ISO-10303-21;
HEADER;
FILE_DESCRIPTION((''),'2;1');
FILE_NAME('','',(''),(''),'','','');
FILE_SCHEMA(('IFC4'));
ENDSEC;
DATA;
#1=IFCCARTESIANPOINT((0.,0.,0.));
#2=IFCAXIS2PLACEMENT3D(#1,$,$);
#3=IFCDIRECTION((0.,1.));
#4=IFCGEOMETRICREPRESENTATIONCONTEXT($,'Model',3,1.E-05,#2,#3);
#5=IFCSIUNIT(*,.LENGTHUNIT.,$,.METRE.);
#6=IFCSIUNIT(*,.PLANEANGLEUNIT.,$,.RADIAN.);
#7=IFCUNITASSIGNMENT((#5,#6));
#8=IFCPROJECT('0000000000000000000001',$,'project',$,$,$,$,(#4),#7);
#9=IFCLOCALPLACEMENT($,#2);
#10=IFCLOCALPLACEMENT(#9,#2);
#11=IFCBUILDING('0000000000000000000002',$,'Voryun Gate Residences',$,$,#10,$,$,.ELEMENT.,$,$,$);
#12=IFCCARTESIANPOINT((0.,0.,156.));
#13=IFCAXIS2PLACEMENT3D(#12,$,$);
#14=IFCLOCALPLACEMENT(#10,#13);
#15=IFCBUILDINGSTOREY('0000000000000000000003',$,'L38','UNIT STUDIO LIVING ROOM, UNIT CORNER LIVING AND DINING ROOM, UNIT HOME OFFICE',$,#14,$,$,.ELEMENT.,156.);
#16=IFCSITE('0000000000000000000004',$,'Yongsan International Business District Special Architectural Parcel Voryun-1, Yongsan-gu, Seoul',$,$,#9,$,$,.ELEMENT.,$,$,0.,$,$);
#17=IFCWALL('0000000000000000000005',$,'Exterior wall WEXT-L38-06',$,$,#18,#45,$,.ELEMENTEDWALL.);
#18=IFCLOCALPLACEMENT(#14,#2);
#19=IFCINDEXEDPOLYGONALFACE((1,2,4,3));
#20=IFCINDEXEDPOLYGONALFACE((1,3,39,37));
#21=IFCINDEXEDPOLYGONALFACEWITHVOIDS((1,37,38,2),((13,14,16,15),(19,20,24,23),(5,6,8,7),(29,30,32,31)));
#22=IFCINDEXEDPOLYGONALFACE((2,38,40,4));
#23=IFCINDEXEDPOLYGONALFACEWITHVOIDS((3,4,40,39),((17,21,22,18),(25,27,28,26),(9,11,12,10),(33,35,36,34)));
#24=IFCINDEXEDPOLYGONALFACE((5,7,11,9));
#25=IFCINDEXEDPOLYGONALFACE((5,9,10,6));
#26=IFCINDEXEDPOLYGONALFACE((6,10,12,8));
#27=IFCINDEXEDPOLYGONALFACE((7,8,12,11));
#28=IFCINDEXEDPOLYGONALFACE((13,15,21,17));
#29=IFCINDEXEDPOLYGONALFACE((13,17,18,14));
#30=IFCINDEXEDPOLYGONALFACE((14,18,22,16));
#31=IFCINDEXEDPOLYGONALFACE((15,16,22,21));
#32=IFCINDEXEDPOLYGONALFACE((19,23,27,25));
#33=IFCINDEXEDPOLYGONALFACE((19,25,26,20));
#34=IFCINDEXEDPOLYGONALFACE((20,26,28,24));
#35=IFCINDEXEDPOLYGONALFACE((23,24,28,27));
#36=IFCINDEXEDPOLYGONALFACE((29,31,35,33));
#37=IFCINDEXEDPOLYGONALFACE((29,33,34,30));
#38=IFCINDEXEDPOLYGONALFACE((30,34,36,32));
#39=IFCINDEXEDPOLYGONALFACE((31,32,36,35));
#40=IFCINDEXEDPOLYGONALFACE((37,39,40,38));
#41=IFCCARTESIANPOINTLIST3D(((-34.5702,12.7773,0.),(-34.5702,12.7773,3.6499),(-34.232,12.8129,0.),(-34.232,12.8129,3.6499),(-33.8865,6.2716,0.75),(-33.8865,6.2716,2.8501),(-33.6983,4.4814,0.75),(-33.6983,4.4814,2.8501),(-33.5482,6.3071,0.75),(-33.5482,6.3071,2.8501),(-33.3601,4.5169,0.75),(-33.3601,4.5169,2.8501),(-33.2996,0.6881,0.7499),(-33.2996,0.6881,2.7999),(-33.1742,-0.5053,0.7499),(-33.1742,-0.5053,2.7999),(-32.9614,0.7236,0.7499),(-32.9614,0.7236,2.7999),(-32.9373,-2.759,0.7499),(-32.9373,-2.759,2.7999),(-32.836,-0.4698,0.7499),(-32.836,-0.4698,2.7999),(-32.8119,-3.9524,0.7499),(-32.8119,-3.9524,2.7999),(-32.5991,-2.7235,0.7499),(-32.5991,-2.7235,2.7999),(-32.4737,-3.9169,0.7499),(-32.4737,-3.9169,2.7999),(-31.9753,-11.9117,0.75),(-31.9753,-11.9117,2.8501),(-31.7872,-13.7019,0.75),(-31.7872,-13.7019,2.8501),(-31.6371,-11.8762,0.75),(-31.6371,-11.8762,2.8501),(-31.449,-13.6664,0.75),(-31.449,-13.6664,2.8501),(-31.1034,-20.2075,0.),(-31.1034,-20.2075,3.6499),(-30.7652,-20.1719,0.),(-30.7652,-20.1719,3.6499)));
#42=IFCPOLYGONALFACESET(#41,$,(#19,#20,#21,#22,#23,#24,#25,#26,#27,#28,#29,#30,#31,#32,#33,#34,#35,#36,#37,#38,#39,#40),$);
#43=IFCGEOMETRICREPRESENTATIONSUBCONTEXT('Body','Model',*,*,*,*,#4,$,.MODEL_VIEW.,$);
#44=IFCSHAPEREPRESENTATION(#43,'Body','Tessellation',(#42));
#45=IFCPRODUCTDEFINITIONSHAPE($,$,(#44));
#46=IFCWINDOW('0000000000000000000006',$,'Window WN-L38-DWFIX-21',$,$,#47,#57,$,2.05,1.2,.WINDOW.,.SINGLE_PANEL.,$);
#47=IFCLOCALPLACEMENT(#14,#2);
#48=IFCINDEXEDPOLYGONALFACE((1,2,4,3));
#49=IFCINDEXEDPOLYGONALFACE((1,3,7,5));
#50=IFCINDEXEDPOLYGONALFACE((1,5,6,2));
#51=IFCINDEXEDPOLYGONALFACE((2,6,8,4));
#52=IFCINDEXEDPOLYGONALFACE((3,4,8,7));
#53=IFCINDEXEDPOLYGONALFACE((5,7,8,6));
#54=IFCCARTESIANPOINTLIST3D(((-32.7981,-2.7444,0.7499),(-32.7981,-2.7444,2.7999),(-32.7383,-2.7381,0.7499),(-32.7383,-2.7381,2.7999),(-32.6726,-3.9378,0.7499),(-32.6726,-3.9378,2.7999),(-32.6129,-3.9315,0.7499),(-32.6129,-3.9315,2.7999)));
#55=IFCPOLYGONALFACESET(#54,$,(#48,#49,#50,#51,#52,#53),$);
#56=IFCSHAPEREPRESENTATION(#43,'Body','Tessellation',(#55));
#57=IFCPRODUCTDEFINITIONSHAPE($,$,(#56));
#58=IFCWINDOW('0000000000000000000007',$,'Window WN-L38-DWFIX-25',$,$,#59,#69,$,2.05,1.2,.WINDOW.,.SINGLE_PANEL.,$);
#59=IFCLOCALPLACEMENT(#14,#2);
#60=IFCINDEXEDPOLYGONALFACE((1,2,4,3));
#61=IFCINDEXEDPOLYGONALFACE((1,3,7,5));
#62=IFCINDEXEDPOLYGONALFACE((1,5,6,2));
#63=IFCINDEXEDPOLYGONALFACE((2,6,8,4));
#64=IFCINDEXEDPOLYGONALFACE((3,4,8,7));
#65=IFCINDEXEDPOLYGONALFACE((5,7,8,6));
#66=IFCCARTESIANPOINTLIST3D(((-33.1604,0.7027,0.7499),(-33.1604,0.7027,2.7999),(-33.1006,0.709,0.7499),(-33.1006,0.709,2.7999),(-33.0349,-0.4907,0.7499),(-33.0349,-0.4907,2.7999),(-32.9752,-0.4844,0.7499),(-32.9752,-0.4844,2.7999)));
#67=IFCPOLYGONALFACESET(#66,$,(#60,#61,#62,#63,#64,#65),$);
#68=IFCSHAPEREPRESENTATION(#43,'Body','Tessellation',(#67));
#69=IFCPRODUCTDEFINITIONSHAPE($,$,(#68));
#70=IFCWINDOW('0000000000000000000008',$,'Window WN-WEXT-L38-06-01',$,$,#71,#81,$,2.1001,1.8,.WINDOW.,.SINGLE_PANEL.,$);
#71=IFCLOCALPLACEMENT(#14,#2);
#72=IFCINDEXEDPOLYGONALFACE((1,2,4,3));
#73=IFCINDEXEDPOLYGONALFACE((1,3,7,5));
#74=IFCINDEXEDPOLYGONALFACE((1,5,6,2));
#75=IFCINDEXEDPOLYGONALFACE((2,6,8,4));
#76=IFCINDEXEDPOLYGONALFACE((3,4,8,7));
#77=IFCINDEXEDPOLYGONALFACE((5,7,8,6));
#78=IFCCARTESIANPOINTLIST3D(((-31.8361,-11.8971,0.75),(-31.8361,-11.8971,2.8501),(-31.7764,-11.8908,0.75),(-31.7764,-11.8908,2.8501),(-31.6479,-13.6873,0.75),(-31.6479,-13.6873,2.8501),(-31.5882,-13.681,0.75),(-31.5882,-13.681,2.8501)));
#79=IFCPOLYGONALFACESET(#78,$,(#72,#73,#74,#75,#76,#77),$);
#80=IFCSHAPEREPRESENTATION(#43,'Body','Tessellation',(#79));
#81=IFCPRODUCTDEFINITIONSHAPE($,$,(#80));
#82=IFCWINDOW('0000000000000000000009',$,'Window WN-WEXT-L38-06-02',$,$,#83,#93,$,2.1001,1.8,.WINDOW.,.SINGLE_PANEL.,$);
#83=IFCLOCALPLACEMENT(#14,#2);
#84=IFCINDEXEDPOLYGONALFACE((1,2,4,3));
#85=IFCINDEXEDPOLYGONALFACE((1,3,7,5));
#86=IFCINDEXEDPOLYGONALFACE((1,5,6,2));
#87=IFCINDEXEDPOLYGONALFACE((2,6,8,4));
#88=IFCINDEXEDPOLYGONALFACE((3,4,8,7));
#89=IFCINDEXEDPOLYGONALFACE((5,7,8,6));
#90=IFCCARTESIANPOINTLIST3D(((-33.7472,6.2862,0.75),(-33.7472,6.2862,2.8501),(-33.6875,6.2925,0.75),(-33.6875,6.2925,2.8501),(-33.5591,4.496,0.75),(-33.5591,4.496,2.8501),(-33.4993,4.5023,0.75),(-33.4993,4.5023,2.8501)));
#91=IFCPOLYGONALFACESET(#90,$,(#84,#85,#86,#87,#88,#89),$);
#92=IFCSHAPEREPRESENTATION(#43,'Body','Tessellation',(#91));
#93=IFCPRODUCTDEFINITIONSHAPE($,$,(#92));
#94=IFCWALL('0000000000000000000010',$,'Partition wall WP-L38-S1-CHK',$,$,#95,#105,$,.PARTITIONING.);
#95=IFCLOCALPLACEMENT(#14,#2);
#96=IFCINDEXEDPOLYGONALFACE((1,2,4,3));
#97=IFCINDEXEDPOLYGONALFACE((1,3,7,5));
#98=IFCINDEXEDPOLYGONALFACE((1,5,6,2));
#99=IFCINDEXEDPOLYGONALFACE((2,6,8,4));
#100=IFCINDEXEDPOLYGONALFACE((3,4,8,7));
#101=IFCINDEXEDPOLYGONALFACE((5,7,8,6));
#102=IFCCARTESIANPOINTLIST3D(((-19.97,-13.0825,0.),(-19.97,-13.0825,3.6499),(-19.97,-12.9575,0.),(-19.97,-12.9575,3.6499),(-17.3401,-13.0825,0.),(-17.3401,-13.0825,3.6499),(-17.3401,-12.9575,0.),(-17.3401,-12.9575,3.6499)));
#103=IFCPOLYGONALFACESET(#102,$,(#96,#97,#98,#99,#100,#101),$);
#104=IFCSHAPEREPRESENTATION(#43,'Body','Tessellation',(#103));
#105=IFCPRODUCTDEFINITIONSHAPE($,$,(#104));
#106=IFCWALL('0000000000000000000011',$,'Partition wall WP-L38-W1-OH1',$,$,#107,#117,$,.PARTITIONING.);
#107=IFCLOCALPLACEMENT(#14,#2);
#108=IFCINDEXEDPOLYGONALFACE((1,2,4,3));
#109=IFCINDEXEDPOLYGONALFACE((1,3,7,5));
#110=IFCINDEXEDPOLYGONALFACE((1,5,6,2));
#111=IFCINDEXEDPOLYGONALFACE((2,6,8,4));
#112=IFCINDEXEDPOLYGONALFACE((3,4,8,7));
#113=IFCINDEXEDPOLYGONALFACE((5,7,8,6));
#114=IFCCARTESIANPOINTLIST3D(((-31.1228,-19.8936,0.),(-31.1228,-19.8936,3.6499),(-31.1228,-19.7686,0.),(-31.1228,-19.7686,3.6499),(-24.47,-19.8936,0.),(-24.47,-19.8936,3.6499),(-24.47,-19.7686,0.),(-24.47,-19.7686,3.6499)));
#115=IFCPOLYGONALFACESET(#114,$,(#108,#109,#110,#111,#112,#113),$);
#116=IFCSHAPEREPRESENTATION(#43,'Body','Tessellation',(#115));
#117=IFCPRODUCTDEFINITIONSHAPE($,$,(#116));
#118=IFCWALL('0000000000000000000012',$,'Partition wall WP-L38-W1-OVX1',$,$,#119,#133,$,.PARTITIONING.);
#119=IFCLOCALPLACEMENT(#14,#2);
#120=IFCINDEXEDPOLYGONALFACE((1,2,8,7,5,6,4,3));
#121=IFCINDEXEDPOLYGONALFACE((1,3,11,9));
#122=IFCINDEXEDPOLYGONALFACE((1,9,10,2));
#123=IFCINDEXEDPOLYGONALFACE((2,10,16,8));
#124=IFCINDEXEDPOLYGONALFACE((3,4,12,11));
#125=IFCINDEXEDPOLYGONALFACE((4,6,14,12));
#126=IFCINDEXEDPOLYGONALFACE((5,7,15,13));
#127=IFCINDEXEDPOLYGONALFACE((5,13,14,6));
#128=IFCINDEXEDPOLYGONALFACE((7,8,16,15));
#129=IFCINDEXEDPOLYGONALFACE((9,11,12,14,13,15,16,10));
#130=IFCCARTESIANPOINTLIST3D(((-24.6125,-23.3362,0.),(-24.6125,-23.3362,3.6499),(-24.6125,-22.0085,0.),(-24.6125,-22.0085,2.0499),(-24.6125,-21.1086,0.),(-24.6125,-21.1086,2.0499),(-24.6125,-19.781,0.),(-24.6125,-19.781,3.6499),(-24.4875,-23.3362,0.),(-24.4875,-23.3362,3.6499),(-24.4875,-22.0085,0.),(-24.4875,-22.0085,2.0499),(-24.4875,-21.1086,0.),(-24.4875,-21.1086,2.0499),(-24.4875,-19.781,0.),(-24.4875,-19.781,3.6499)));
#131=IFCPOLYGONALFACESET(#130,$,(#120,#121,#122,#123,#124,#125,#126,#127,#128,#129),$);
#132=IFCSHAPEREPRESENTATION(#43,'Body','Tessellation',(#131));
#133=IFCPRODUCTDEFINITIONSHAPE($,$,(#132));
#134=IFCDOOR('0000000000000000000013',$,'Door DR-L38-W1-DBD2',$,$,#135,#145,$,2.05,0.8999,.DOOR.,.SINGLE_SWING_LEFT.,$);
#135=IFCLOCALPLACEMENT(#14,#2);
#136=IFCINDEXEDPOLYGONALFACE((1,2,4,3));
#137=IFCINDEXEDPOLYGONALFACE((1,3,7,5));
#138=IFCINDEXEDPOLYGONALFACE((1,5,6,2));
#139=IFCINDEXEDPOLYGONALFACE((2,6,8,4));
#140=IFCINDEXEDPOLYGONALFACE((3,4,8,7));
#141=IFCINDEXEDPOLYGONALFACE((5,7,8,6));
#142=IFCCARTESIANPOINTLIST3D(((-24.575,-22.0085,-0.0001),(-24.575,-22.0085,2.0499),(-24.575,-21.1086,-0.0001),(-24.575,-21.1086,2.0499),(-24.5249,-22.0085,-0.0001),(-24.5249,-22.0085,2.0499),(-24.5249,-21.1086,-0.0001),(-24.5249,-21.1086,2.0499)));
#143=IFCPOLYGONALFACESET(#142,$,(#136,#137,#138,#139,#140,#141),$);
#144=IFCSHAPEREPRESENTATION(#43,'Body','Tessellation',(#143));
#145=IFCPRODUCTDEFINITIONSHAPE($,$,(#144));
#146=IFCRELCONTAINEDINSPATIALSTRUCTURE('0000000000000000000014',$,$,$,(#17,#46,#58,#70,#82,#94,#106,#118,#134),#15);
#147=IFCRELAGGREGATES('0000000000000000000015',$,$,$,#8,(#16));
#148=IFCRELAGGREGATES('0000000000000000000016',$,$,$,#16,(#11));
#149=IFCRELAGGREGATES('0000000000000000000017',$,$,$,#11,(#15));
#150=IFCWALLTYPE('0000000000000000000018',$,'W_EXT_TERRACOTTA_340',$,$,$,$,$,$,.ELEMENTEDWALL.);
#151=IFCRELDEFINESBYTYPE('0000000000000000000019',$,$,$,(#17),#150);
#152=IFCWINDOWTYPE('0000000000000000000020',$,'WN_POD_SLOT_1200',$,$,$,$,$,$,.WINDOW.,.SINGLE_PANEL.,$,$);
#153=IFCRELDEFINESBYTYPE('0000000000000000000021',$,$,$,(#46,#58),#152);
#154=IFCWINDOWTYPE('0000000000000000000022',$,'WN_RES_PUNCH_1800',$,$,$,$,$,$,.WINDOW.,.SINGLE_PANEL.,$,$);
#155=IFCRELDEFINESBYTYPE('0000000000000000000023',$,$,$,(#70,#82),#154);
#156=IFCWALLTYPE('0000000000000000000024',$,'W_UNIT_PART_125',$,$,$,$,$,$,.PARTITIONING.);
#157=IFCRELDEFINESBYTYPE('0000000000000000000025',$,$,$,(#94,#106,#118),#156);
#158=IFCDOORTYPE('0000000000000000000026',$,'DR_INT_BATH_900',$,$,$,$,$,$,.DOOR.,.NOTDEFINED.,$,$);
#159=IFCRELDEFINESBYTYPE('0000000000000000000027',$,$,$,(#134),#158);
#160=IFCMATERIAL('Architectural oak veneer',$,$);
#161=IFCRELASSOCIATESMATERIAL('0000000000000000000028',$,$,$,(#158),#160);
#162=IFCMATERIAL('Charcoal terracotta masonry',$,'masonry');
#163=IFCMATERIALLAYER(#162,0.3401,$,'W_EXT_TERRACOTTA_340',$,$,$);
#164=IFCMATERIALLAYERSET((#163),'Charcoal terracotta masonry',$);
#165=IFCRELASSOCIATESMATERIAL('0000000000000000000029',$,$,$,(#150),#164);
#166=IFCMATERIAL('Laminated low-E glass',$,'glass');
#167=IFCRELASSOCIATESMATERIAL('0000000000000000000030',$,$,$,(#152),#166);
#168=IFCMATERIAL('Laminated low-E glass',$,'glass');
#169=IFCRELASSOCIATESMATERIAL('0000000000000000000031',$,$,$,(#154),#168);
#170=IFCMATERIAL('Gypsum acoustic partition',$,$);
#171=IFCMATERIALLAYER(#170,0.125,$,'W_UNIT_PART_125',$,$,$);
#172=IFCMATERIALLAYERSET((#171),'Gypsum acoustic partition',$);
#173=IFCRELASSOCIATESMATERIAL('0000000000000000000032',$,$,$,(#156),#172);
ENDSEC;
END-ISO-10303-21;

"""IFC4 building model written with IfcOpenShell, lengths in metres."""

from ifc_helpers import new_model, si_unit, direction, frame, frame_2d, origin, place, context, subcontext, project, spatial, rectangle, extrude, material, layer, layer_set, type_object, element, fill, save


model = new_model("IFC4")

# Units and contexts
model_context = context("Model", 3, precision=1e-05, world=origin(), true_north=direction((0.0, 1.0)))
body_context = subcontext(model_context, "Body", "Model", "MODEL_VIEW")
ifc_project = project(units=[si_unit("LENGTHUNIT", "METRE"), si_unit("PLANEANGLEUNIT", "RADIAN")], contexts=[model_context])

# Site, building, storey
site_placement = place(None, origin())
site = spatial("IfcSite", under=ifc_project, at=site_placement, Name="Yongsan International Business District Special Architectural Parcel Voryun-1, Yongsan-gu, Seoul", CompositionType="ELEMENT", RefElevation=0.0)
building_placement = place(site_placement, origin())
building = spatial("IfcBuilding", under=site, at=building_placement, Name="Voryun Gate Residences", CompositionType="ELEMENT")
storey_placement = place(building_placement, frame((0.0, 0.0, 156.0)))
storey = spatial("IfcBuildingStorey", under=building, at=storey_placement, Name="L38", Description="UNIT STUDIO LIVING ROOM, UNIT CORNER LIVING AND DINING ROOM, UNIT HOME OFFICE", CompositionType="ELEMENT", Elevation=156.0)

# Shared definitions
ifc_material_1 = material(Name="Architectural oak veneer")
door_type_1 = type_object("IfcDoorType", Name="DR_INT_BATH_900", OperationType="NOTDEFINED", PredefinedType="DOOR", material=ifc_material_1)

# Shared definitions
ifc_material_2 = material(Name="Charcoal terracotta masonry", Category="masonry")
ifc_layer_1 = layer(ifc_material_2, 0.3401, Name="W_EXT_TERRACOTTA_340")
ifc_layer_set_1 = layer_set([ifc_layer_1], Name="Charcoal terracotta masonry")
wall_type_1 = type_object("IfcWallType", Name="W_EXT_TERRACOTTA_340", PredefinedType="ELEMENTEDWALL", material=ifc_layer_set_1)

# Wall, openings, windows
wall_1_placement = place(storey_placement, frame((-30.9343, -20.1897, 0.0), z_axis=(0.0, 0.0, 1.0), x_axis=(-0.104527, 0.994522, 0.0)))
wall_1 = element("IfcWall", 1, at=wall_1_placement, inside=storey, type_object=wall_type_1, Name="Exterior wall WEXT-L38-06", PredefinedType="ELEMENTEDWALL", context=body_context, shape_type="SweptSolid", body=[
    extrude(rectangle(XDim=33.1665, YDim=0.3401, at=frame_2d((16.5833, 0.0))), origin(), (0.0, 0.0, 1.0), 3.6499),
])
opening_1_placement = place(wall_1_placement, frame((6.5415, 0.0, 0.75)))
opening_1 = element("IfcOpeningElement", 2, at=opening_1_placement, cuts=wall_1, PredefinedType="OPENING", context=body_context, shape_type="SweptSolid", body=[
    extrude(rectangle(XDim=1.8, YDim=2.1001, at=frame_2d((0.8999, 1.05))), frame((0.0, 0.1799, 0.0), z_axis=(0.0, -1.0, 0.0), x_axis=(1.0, 0.0, 0.0)), (0.0, 0.0, 1.0), 0.3601),
])
opening_2_placement = place(wall_1_placement, frame((24.825, 0.0, 0.75)))
opening_2 = element("IfcOpeningElement", 3, at=opening_2_placement, cuts=wall_1, PredefinedType="OPENING", context=body_context, shape_type="SweptSolid", body=[
    extrude(rectangle(XDim=1.8, YDim=2.1001, at=frame_2d((0.8999, 1.05))), frame((0.0, 0.1799, 0.0), z_axis=(0.0, -1.0, 0.0), x_axis=(1.0, 0.0, 0.0)), (0.0, 0.0, 1.0), 0.3601),
])
opening_3_placement = place(wall_1_placement, frame((16.3445, 0.0, 0.75)))
opening_3 = element("IfcOpeningElement", 4, at=opening_3_placement, cuts=wall_1, PredefinedType="OPENING", context=body_context, shape_type="SweptSolid", body=[
    extrude(rectangle(XDim=1.2, YDim=2.05, at=frame_2d((0.6001, 1.0249))), frame((0.0, 0.1799, 0.0), z_axis=(0.0, -1.0, 0.0), x_axis=(1.0, 0.0, 0.0)), (0.0, 0.0, 1.0), 0.3601),
])
opening_4_placement = place(wall_1_placement, frame((19.8105, 0.0, 0.75)))
opening_4 = element("IfcOpeningElement", 5, at=opening_4_placement, cuts=wall_1, PredefinedType="OPENING", context=body_context, shape_type="SweptSolid", body=[
    extrude(rectangle(XDim=1.2, YDim=2.05, at=frame_2d((0.6001, 1.0249))), frame((0.0, 0.1799, 0.0), z_axis=(0.0, -1.0, 0.0), x_axis=(1.0, 0.0, 0.0)), (0.0, 0.0, 1.0), 0.3601),
])
ifc_material_3 = material(Name="Laminated low-E glass", Category="glass")
window_type_1 = type_object("IfcWindowType", Name="WN_POD_SLOT_1200", PartitioningType="SINGLE_PANEL", PredefinedType="WINDOW", material=ifc_material_3)
window_1_placement = place(opening_3_placement, origin())
window_1 = element("IfcWindow", 6, at=window_1_placement, inside=storey, type_object=window_type_1, Name="Window WN-L38-DWFIX-21", OverallHeight=2.05, OverallWidth=1.2, PartitioningType="SINGLE_PANEL", PredefinedType="WINDOW", context=body_context, shape_type="SweptSolid", body=[
    extrude(rectangle(XDim=1.2, YDim=2.05, at=frame_2d((0.6001, 1.0249))), frame((0.0, 0.03, 0.0), z_axis=(0.0, -1.0, 0.0), x_axis=(1.0, 0.0, 0.0)), (0.0, 0.0, 1.0), 0.0601),
])
fill(opening_3, window_1)
window_2_placement = place(opening_4_placement, origin())
window_2 = element("IfcWindow", 7, at=window_2_placement, inside=storey, type_object=window_type_1, Name="Window WN-L38-DWFIX-25", OverallHeight=2.05, OverallWidth=1.2, PartitioningType="SINGLE_PANEL", PredefinedType="WINDOW", context=body_context, shape_type="SweptSolid", body=[
    extrude(rectangle(XDim=1.2, YDim=2.05, at=frame_2d((0.6001, 1.0249))), frame((0.0, 0.03, 0.0), z_axis=(0.0, -1.0, 0.0), x_axis=(1.0, 0.0, 0.0)), (0.0, 0.0, 1.0), 0.0601),
])
fill(opening_4, window_2)
ifc_material_4 = material(Name="Laminated low-E glass", Category="glass")
window_type_2 = type_object("IfcWindowType", Name="WN_RES_PUNCH_1800", PartitioningType="SINGLE_PANEL", PredefinedType="WINDOW", material=ifc_material_4)
window_3_placement = place(opening_1_placement, origin())
window_3 = element("IfcWindow", 8, at=window_3_placement, inside=storey, type_object=window_type_2, Name="Window WN-WEXT-L38-06-01", OverallHeight=2.1001, OverallWidth=1.8, PartitioningType="SINGLE_PANEL", PredefinedType="WINDOW", context=body_context, shape_type="SweptSolid", body=[
    extrude(rectangle(XDim=1.8, YDim=2.1001, at=frame_2d((0.8999, 1.05))), frame((0.0, 0.03, 0.0), z_axis=(0.0, -1.0, 0.0), x_axis=(1.0, 0.0, 0.0)), (0.0, 0.0, 1.0), 0.0601),
])
fill(opening_1, window_3)
window_4_placement = place(opening_2_placement, origin())
window_4 = element("IfcWindow", 9, at=window_4_placement, inside=storey, type_object=window_type_2, Name="Window WN-WEXT-L38-06-02", OverallHeight=2.1001, OverallWidth=1.8, PartitioningType="SINGLE_PANEL", PredefinedType="WINDOW", context=body_context, shape_type="SweptSolid", body=[
    extrude(rectangle(XDim=1.8, YDim=2.1001, at=frame_2d((0.8999, 1.05))), frame((0.0, 0.03, 0.0), z_axis=(0.0, -1.0, 0.0), x_axis=(1.0, 0.0, 0.0)), (0.0, 0.0, 1.0), 0.0601),
])
fill(opening_2, window_4)

# Walls
ifc_material_5 = material(Name="Gypsum acoustic partition")
ifc_layer_2 = layer(ifc_material_5, 0.125, Name="W_UNIT_PART_125")
ifc_layer_set_2 = layer_set([ifc_layer_2], Name="Gypsum acoustic partition")
wall_type_2 = type_object("IfcWallType", Name="W_UNIT_PART_125", PredefinedType="PARTITIONING", material=ifc_layer_set_2)
wall_2_placement = place(storey_placement, frame((-19.97, -13.02, 0.0), z_axis=(0.0, 0.0, 1.0), x_axis=(1.0, 0.0, 0.0)))
element("IfcWall", 10, at=wall_2_placement, inside=storey, type_object=wall_type_2, Name="Partition wall WP-L38-S1-CHK", PredefinedType="PARTITIONING", context=body_context, shape_type="SweptSolid", body=[
    extrude(rectangle(XDim=2.6299, YDim=0.125, at=frame_2d((1.3149, 0.0))), origin(), (0.0, 0.0, 1.0), 3.6499),
])
wall_3_placement = place(storey_placement, frame((-31.1228, -19.8311, 0.0), z_axis=(0.0, 0.0, 1.0), x_axis=(1.0, 0.0, 0.0)))
element("IfcWall", 11, at=wall_3_placement, inside=storey, type_object=wall_type_2, Name="Partition wall WP-L38-W1-OH1", PredefinedType="PARTITIONING", context=body_context, shape_type="SweptSolid", body=[
    extrude(rectangle(XDim=6.6528, YDim=0.125, at=frame_2d((3.3264, 0.0))), origin(), (0.0, 0.0, 1.0), 3.6499),
])

# Wall, opening, door
wall_4_placement = place(storey_placement, frame((-24.55, -23.3362, 0.0), z_axis=(0.0, 0.0, 1.0), x_axis=(0.0, 1.0, 0.0)))
wall_4 = element("IfcWall", 12, at=wall_4_placement, inside=storey, type_object=wall_type_2, Name="Partition wall WP-L38-W1-OVX1", PredefinedType="PARTITIONING", context=body_context, shape_type="SweptSolid", body=[
    extrude(rectangle(XDim=3.5552, YDim=0.125, at=frame_2d((1.7776, 0.0))), origin(), (0.0, 0.0, 1.0), 3.6499),
])
opening_5_placement = place(wall_4_placement, frame((1.3276, 0.0, 0.0)))
opening_5 = element("IfcOpeningElement", 13, at=opening_5_placement, cuts=wall_4, PredefinedType="OPENING", context=body_context, shape_type="SweptSolid", body=[
    extrude(rectangle(XDim=0.8999, YDim=2.05, at=frame_2d((0.45, 1.0249))), frame((0.0, 0.0725, 0.0), z_axis=(0.0, -1.0, 0.0), x_axis=(1.0, 0.0, 0.0)), (0.0, 0.0, 1.0), 0.145),
])
door_1_placement = place(opening_5_placement, origin())
door_1 = element("IfcDoor", 14, at=door_1_placement, inside=storey, type_object=door_type_1, Name="Door DR-L38-W1-DBD2", OperationType="SINGLE_SWING_LEFT", OverallHeight=2.05, OverallWidth=0.8999, PredefinedType="DOOR", context=body_context, shape_type="SweptSolid", body=[
    extrude(rectangle(XDim=0.8999, YDim=2.05, at=frame_2d((0.45, 1.0249))), frame((0.0, 0.0249, 0.0), z_axis=(0.0, -1.0, 0.0), x_axis=(1.0, 0.0, 0.0)), (0.0, 0.0, 1.0), 0.05),
])
fill(opening_5, door_1)

save(model, "model.ifc")
